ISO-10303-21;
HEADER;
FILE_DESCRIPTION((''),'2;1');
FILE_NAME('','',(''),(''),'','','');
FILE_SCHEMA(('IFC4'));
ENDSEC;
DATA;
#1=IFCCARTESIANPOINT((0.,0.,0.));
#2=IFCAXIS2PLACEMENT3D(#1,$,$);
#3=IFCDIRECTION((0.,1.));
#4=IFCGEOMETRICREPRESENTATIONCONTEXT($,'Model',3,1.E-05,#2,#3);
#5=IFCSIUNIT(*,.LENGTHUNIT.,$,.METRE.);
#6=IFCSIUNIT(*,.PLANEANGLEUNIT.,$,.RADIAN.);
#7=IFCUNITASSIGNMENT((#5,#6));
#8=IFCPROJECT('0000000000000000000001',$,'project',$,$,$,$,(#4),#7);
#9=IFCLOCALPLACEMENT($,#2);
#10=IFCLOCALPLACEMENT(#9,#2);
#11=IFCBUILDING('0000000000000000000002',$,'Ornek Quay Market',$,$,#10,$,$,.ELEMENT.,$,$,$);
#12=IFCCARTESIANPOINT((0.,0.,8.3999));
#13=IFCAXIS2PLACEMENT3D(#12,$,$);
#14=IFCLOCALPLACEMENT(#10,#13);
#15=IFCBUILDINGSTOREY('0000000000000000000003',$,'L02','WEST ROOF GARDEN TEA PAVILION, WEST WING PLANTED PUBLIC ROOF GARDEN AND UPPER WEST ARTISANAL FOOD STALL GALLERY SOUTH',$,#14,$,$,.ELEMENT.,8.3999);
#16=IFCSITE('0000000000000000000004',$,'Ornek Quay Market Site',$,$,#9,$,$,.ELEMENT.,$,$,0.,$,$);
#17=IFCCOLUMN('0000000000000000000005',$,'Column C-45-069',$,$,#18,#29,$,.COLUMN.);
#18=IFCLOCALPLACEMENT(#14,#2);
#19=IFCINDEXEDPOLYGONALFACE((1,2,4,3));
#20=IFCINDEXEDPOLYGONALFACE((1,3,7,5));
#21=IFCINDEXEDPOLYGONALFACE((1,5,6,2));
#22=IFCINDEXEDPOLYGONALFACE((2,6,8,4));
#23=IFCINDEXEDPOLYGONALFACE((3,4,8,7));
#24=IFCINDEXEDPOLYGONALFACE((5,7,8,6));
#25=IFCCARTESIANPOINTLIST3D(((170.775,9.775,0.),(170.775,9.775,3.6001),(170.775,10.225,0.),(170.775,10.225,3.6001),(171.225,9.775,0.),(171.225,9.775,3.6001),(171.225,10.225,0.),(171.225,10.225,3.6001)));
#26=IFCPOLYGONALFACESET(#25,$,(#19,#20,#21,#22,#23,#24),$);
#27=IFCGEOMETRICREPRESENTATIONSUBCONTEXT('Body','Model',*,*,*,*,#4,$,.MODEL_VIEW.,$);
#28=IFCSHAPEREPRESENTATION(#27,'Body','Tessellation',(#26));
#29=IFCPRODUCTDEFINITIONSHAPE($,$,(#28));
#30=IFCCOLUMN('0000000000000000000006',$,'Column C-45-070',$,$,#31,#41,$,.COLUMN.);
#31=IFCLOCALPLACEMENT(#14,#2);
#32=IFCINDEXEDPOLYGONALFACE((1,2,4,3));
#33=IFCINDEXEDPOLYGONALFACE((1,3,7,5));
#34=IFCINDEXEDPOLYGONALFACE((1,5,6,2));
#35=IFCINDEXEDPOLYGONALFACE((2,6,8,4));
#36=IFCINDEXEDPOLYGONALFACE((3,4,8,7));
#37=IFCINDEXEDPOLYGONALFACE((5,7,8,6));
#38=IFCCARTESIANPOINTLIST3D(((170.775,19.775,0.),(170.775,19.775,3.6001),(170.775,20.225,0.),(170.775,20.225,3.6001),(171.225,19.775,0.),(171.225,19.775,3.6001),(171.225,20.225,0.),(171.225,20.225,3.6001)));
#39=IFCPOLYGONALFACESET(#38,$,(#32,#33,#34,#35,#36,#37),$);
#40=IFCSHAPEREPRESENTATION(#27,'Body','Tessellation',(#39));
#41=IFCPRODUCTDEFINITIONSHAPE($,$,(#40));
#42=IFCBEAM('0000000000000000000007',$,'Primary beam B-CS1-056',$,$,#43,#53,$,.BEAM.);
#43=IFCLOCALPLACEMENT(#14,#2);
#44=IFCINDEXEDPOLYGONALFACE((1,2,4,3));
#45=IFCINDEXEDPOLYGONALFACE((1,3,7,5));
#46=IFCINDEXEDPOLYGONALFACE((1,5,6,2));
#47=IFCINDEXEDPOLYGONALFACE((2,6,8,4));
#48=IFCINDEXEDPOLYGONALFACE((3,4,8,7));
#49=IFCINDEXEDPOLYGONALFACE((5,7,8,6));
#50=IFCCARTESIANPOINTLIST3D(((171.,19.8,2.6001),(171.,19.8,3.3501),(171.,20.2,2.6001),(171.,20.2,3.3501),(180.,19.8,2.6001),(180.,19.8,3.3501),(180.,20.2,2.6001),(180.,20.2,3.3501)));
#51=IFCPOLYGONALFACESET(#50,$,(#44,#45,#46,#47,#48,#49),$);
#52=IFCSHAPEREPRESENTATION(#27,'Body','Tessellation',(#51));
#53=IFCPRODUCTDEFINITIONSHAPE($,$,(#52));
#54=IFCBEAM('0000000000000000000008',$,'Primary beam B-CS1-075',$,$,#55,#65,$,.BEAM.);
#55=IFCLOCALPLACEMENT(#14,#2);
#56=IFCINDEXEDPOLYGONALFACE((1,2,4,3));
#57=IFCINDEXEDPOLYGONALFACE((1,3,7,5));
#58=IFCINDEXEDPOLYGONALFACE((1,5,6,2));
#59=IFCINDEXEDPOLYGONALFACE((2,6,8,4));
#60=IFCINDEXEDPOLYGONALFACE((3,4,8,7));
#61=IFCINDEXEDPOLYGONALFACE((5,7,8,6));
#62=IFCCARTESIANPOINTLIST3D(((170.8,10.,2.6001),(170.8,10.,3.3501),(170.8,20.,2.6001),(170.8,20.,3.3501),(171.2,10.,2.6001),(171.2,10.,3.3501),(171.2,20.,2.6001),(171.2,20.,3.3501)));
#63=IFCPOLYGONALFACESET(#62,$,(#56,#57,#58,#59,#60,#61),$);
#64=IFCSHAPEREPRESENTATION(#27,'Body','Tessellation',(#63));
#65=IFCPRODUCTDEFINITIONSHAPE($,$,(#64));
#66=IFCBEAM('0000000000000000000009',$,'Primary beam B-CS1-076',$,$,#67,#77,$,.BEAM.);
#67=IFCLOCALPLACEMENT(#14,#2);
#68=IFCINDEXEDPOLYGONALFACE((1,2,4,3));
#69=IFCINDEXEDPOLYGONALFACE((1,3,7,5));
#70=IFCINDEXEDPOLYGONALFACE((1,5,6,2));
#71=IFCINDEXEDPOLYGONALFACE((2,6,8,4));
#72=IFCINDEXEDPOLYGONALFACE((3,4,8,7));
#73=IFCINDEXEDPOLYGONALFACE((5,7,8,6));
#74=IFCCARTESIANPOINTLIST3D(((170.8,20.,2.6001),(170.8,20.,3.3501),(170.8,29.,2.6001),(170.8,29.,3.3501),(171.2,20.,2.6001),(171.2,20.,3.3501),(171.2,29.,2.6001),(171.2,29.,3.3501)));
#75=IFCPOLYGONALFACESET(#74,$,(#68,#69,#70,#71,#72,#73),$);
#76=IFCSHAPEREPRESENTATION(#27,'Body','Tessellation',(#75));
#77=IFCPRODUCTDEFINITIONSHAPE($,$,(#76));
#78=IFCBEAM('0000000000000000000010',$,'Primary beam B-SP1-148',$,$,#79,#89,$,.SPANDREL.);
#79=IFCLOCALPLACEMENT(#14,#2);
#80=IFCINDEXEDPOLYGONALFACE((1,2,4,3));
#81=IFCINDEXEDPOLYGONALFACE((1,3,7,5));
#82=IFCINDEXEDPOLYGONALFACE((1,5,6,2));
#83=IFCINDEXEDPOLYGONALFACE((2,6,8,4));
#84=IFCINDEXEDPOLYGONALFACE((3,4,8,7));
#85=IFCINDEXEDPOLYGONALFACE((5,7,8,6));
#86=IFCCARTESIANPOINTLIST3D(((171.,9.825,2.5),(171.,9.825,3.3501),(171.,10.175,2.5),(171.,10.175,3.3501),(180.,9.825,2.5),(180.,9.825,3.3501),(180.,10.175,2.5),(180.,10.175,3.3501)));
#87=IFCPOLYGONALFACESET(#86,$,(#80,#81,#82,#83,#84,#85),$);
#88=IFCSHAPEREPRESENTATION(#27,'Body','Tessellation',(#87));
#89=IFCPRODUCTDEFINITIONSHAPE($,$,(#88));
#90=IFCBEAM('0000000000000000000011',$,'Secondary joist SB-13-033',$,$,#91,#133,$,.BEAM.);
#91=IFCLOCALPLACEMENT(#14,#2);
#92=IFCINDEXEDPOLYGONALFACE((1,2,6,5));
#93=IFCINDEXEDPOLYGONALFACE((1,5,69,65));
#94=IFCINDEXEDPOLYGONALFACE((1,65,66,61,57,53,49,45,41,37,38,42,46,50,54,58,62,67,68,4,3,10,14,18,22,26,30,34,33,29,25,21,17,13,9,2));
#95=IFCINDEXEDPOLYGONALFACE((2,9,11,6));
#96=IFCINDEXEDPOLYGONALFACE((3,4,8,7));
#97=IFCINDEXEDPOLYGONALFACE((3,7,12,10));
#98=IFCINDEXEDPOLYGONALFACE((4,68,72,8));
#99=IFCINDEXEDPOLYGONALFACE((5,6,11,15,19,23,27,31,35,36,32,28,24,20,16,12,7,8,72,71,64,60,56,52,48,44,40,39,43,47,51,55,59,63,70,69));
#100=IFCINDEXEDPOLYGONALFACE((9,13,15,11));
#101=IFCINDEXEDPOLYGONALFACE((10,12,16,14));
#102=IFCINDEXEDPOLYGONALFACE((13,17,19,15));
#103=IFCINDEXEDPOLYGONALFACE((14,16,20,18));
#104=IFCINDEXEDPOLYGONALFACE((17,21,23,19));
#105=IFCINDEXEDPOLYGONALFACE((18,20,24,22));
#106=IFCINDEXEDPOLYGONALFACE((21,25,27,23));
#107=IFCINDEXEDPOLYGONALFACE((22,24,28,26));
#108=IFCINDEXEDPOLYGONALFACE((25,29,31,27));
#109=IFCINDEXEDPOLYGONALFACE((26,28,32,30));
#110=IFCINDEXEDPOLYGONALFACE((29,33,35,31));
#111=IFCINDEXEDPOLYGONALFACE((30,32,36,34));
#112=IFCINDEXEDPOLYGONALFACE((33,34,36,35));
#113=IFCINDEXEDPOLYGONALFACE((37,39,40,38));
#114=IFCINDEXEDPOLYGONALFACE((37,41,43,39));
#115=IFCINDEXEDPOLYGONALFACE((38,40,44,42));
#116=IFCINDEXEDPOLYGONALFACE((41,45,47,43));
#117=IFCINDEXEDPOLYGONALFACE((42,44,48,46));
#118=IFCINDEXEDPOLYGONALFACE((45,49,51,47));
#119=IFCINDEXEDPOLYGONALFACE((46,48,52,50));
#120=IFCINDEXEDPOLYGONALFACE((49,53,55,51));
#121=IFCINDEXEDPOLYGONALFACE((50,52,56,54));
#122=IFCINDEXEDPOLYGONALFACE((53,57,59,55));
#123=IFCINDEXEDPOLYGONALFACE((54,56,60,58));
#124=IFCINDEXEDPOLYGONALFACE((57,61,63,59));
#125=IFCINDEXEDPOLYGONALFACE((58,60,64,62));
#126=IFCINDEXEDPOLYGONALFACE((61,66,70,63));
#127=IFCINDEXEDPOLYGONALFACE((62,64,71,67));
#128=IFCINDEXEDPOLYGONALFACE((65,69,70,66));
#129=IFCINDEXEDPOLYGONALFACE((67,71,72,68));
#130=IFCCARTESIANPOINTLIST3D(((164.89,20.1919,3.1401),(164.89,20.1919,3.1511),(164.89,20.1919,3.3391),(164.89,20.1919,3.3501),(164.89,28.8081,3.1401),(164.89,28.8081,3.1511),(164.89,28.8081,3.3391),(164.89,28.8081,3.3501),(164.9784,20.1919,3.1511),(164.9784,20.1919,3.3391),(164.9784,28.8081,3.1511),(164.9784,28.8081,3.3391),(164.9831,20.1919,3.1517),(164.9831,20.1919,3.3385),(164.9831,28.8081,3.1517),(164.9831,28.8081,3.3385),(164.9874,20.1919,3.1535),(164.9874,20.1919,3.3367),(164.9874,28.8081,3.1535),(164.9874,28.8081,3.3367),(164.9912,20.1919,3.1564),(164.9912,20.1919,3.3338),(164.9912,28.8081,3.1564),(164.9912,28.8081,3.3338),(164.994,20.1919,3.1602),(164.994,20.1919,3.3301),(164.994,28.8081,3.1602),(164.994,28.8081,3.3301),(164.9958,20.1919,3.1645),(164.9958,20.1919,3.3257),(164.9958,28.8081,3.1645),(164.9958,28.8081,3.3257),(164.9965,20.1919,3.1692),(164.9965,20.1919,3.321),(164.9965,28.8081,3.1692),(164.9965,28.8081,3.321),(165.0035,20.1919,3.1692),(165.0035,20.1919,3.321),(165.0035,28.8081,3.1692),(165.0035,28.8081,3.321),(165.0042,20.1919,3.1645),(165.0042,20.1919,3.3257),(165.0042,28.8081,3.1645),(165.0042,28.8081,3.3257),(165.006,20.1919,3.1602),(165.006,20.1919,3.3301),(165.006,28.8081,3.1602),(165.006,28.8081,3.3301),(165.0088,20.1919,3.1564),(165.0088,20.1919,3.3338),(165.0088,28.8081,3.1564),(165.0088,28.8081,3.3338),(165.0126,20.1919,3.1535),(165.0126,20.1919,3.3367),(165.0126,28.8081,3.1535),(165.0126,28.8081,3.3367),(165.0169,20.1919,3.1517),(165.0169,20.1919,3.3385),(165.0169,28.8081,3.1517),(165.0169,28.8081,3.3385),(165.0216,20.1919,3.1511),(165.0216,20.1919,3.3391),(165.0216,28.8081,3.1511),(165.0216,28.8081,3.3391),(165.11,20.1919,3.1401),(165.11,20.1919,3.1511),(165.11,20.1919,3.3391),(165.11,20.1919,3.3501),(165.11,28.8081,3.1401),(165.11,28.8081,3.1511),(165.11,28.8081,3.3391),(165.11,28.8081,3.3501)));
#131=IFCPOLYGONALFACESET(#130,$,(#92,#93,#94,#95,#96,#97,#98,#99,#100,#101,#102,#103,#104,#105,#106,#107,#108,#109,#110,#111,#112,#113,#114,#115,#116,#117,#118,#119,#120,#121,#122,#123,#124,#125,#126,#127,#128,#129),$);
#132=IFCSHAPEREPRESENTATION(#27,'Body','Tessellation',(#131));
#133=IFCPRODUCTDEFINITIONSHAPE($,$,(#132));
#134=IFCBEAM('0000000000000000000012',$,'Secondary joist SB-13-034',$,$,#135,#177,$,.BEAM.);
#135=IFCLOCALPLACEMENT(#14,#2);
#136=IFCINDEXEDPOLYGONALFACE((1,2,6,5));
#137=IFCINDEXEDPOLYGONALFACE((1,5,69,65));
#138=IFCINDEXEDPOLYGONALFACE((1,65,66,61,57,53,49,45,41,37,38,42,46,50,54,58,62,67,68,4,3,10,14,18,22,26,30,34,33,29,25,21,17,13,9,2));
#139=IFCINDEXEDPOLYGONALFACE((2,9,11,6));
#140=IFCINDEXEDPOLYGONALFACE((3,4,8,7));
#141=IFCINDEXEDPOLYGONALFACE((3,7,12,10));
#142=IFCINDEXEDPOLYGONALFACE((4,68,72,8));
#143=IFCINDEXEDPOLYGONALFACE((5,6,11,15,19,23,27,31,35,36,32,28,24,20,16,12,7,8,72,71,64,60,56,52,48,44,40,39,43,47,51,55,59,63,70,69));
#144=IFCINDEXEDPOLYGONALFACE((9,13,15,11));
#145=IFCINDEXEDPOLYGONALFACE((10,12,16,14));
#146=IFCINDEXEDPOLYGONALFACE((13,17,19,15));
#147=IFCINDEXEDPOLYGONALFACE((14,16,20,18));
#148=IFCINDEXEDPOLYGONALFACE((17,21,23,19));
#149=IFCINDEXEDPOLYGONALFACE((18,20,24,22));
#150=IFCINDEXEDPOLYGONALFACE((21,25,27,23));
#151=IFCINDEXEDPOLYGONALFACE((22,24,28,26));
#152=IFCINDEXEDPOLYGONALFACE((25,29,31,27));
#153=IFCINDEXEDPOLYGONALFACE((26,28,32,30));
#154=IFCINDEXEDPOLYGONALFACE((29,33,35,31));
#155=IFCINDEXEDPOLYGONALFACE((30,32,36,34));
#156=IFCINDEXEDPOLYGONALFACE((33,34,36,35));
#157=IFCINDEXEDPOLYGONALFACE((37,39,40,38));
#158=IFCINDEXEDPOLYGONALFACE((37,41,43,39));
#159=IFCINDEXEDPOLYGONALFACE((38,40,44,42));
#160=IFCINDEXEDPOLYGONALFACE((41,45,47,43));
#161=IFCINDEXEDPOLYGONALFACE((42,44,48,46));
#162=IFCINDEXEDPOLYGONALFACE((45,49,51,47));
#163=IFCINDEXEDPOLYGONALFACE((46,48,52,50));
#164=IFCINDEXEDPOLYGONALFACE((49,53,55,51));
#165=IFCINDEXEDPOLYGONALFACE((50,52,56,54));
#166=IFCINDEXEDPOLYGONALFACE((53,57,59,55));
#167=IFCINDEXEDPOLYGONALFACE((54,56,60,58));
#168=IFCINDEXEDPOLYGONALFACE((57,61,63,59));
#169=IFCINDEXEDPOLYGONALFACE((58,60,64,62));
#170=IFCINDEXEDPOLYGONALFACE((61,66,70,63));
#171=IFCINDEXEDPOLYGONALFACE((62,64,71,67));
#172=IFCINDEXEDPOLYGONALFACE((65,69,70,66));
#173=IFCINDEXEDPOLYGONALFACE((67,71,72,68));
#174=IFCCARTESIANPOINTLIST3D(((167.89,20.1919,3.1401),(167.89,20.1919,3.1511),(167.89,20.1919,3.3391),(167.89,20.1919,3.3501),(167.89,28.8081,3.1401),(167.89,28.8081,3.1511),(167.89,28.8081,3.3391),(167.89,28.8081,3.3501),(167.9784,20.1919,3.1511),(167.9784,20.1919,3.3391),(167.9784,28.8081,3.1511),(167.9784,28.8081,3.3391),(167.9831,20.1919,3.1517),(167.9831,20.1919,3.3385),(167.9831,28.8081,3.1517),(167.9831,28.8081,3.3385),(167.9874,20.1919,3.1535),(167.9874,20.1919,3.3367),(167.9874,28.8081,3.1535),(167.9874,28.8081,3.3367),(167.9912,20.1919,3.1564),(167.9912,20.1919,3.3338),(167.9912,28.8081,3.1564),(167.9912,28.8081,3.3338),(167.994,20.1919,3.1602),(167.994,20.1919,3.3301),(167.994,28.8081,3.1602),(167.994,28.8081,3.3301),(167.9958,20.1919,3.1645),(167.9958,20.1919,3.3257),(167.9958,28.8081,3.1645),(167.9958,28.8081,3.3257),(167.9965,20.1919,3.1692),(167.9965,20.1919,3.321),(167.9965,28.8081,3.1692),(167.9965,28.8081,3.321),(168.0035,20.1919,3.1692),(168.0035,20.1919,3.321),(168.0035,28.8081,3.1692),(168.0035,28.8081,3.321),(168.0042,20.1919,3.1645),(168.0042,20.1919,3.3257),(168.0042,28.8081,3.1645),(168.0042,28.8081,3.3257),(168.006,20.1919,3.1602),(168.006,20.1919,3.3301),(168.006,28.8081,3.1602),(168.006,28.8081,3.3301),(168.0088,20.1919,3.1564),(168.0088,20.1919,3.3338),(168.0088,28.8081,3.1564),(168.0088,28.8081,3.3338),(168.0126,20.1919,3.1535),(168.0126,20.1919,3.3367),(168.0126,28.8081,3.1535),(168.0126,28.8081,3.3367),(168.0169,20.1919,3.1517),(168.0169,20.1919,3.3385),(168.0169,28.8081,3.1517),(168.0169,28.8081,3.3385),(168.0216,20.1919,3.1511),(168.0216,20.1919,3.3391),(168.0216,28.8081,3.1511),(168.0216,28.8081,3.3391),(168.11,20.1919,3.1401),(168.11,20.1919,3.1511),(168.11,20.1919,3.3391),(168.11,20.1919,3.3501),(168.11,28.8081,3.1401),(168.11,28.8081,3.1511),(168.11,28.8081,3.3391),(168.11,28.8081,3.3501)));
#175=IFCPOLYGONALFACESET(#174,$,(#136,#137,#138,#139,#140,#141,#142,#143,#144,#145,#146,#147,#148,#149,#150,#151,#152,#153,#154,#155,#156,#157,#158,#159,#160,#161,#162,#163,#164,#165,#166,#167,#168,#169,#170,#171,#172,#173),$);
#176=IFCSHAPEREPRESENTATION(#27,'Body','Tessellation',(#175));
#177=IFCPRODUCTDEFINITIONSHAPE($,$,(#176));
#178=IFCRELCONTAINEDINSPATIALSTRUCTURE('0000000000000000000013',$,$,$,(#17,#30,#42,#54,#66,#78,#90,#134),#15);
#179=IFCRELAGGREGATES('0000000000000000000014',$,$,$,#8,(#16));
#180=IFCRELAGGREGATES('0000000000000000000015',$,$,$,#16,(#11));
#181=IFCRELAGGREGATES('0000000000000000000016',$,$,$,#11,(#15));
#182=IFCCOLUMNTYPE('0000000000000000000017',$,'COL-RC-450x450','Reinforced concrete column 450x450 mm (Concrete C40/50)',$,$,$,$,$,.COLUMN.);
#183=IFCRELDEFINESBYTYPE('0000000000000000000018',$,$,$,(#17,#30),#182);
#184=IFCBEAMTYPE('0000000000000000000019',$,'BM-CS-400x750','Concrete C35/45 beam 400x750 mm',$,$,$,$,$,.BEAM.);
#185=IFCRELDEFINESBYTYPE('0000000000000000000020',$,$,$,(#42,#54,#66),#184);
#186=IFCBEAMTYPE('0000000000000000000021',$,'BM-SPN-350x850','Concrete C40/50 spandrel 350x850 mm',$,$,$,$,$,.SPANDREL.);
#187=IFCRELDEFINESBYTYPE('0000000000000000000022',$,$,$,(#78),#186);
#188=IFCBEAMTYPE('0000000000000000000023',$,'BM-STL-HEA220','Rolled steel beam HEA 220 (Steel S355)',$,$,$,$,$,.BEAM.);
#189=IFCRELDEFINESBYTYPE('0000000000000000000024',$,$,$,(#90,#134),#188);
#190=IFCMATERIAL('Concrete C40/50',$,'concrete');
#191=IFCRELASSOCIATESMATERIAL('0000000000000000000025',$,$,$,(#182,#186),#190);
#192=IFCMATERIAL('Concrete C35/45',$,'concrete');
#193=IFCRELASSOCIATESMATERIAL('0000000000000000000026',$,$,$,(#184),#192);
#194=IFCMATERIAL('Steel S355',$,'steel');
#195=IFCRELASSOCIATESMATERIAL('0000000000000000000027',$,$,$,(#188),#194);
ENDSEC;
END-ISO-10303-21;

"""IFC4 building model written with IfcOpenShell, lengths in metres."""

from ifc_helpers import new_model, si_unit, direction, frame, origin, origin_2d, place, context, subcontext, project, spatial, rectangle, i_section, extrude, material, material_profile, profile_set, type_object, element, save


model = new_model("IFC4")

# Units and contexts
model_context = context("Model", 3, precision=1e-05, world=origin(), true_north=direction((0.0, 1.0)))
body_context = subcontext(model_context, "Body", "Model", "MODEL_VIEW")
ifc_project = project(units=[si_unit("LENGTHUNIT", "METRE"), si_unit("PLANEANGLEUNIT", "RADIAN")], contexts=[model_context])

# Site, building, storey
site_placement = place(None, origin())
site = spatial("IfcSite", under=ifc_project, at=site_placement, Name="Ornek Quay Market Site", CompositionType="ELEMENT", RefElevation=0.0)
building_placement = place(site_placement, origin())
building = spatial("IfcBuilding", under=site, at=building_placement, Name="Ornek Quay Market", CompositionType="ELEMENT")
storey_placement = place(building_placement, frame((0.0, 0.0, 8.3999)))
storey = spatial("IfcBuildingStorey", under=building, at=storey_placement, Name="L02", Description="WEST ROOF GARDEN TEA PAVILION, WEST WING PLANTED PUBLIC ROOF GARDEN AND UPPER WEST ARTISANAL FOOD STALL GALLERY SOUTH", CompositionType="ELEMENT", Elevation=8.3999)

# Columns
ifc_material_1 = material(Name="Concrete C40/50", Category="concrete")
ifc_material_profile_1 = material_profile(ifc_material_1, rectangle(XDim=0.45, YDim=0.45, at=origin_2d()), Name="RC 450x450", Category="concrete")
ifc_profile_set_1 = profile_set([ifc_material_profile_1], Name="Concrete C40/50")
column_type = type_object("IfcColumnType", Name="COL-RC-450x450", Description="Reinforced concrete column 450x450 mm (Concrete C40/50)", PredefinedType="COLUMN", material=ifc_profile_set_1)
for number, where, z_axis, x_axis, name in (
    (1, (171.0, 10.0, 0.0), (0.0, 0.0, 1.0), (1.0, 0.0, 0.0), "Column C-45-069"),
    (2, (171.0, 20.0, 0.0), (0.0, 0.0, 1.0), (1.0, 0.0, 0.0), "Column C-45-070"),
):
    element("IfcColumn", number, at=place(storey_placement, frame(where, z_axis=z_axis, x_axis=x_axis)), inside=storey, type_object=column_type, Name=name, PredefinedType="COLUMN", context=body_context, shape_type="SweptSolid", body=[
        extrude(rectangle(XDim=0.45, YDim=0.45, at=origin_2d()), origin(), (0.0, 0.0, 1.0), 3.6001),
    ])

# Beams
ifc_material_2 = material(Name="Concrete C35/45", Category="concrete")
ifc_material_profile_2 = material_profile(ifc_material_2, rectangle(XDim=0.3999, YDim=0.75, at=origin_2d()), Name="RC 400x750", Category="concrete")
ifc_profile_set_2 = profile_set([ifc_material_profile_2], Name="Concrete C35/45")
beam_type_1 = type_object("IfcBeamType", Name="BM-CS-400x750", Description="Concrete C35/45 beam 400x750 mm", PredefinedType="BEAM", material=ifc_profile_set_2)
beam_1_placement = place(storey_placement, frame((171.0, 20.0, 2.9751), z_axis=(1.0, 0.0, 0.0), x_axis=(0.0, 1.0, 0.0)))
element("IfcBeam", 3, at=beam_1_placement, inside=storey, type_object=beam_type_1, Name="Primary beam B-CS1-056", PredefinedType="BEAM", context=body_context, shape_type="SweptSolid", body=[
    extrude(rectangle(XDim=0.3999, YDim=0.75, at=origin_2d()), origin(), (0.0, 0.0, 1.0), 9.0),
])
beam_2_placement = place(storey_placement, frame((171.0, 10.0, 2.9751), z_axis=(0.0, 1.0, 0.0), x_axis=(-1.0, 0.0, 0.0)))
element("IfcBeam", 4, at=beam_2_placement, inside=storey, type_object=beam_type_1, Name="Primary beam B-CS1-075", PredefinedType="BEAM", context=body_context, shape_type="SweptSolid", body=[
    extrude(rectangle(XDim=0.3999, YDim=0.75, at=origin_2d()), origin(), (0.0, 0.0, 1.0), 10.0),
])
beam_3_placement = place(storey_placement, frame((171.0, 20.0, 2.9751), z_axis=(0.0, 1.0, 0.0), x_axis=(-1.0, 0.0, 0.0)))
element("IfcBeam", 5, at=beam_3_placement, inside=storey, type_object=beam_type_1, Name="Primary beam B-CS1-076", PredefinedType="BEAM", context=body_context, shape_type="SweptSolid", body=[
    extrude(rectangle(XDim=0.3999, YDim=0.75, at=origin_2d()), origin(), (0.0, 0.0, 1.0), 9.0),
])
ifc_material_profile_3 = material_profile(ifc_material_1, rectangle(XDim=0.3501, YDim=0.8501, at=origin_2d()), Name="RC 350x850", Category="concrete")
ifc_profile_set_3 = profile_set([ifc_material_profile_3], Name="Concrete C40/50")
beam_type_2 = type_object("IfcBeamType", Name="BM-SPN-350x850", Description="Concrete C40/50 spandrel 350x850 mm", PredefinedType="SPANDREL", material=ifc_profile_set_3)
beam_4_placement = place(storey_placement, frame((171.0, 10.0, 2.925), z_axis=(1.0, 0.0, 0.0), x_axis=(0.0, 1.0, 0.0)))
element("IfcBeam", 6, at=beam_4_placement, inside=storey, type_object=beam_type_2, Name="Primary beam B-SP1-148", PredefinedType="SPANDREL", context=body_context, shape_type="SweptSolid", body=[
    extrude(rectangle(XDim=0.3501, YDim=0.8501, at=origin_2d()), origin(), (0.0, 0.0, 1.0), 9.0),
])
ifc_material_3 = material(Name="Steel S355", Category="steel")
ifc_material_profile_4 = material_profile(ifc_material_3, i_section(OverallWidth=0.22, OverallDepth=0.21, WebThickness=0.0071, FlangeThickness=0.011, FilletRadius=0.0181, at=origin_2d()), Name="HEA 220", Category="steel")
ifc_profile_set_4 = profile_set([ifc_material_profile_4], Name="Steel S355")
beam_type_3 = type_object("IfcBeamType", Name="BM-STL-HEA220", Description="Rolled steel beam HEA 220 (Steel S355)", PredefinedType="BEAM", material=ifc_profile_set_4)
for number, where, z_axis, x_axis, name in (
    (7, (165.0, 20.1919, 3.2451), (0.0, 1.0, 0.0), (-1.0, 0.0, 0.0), "Secondary joist SB-13-033"),
    (8, (168.0, 20.1919, 3.2451), (0.0, 1.0, 0.0), (-1.0, 0.0, 0.0), "Secondary joist SB-13-034"),
):
    element("IfcBeam", number, at=place(storey_placement, frame(where, z_axis=z_axis, x_axis=x_axis)), inside=storey, type_object=beam_type_3, Name=name, PredefinedType="BEAM", context=body_context, shape_type="SweptSolid", body=[
        extrude(i_section(OverallWidth=0.22, OverallDepth=0.21, WebThickness=0.0071, FlangeThickness=0.011, FilletRadius=0.0181, at=origin_2d()), origin(), (0.0, 0.0, 1.0), 8.6162),
    ])

save(model, "model.ifc")
